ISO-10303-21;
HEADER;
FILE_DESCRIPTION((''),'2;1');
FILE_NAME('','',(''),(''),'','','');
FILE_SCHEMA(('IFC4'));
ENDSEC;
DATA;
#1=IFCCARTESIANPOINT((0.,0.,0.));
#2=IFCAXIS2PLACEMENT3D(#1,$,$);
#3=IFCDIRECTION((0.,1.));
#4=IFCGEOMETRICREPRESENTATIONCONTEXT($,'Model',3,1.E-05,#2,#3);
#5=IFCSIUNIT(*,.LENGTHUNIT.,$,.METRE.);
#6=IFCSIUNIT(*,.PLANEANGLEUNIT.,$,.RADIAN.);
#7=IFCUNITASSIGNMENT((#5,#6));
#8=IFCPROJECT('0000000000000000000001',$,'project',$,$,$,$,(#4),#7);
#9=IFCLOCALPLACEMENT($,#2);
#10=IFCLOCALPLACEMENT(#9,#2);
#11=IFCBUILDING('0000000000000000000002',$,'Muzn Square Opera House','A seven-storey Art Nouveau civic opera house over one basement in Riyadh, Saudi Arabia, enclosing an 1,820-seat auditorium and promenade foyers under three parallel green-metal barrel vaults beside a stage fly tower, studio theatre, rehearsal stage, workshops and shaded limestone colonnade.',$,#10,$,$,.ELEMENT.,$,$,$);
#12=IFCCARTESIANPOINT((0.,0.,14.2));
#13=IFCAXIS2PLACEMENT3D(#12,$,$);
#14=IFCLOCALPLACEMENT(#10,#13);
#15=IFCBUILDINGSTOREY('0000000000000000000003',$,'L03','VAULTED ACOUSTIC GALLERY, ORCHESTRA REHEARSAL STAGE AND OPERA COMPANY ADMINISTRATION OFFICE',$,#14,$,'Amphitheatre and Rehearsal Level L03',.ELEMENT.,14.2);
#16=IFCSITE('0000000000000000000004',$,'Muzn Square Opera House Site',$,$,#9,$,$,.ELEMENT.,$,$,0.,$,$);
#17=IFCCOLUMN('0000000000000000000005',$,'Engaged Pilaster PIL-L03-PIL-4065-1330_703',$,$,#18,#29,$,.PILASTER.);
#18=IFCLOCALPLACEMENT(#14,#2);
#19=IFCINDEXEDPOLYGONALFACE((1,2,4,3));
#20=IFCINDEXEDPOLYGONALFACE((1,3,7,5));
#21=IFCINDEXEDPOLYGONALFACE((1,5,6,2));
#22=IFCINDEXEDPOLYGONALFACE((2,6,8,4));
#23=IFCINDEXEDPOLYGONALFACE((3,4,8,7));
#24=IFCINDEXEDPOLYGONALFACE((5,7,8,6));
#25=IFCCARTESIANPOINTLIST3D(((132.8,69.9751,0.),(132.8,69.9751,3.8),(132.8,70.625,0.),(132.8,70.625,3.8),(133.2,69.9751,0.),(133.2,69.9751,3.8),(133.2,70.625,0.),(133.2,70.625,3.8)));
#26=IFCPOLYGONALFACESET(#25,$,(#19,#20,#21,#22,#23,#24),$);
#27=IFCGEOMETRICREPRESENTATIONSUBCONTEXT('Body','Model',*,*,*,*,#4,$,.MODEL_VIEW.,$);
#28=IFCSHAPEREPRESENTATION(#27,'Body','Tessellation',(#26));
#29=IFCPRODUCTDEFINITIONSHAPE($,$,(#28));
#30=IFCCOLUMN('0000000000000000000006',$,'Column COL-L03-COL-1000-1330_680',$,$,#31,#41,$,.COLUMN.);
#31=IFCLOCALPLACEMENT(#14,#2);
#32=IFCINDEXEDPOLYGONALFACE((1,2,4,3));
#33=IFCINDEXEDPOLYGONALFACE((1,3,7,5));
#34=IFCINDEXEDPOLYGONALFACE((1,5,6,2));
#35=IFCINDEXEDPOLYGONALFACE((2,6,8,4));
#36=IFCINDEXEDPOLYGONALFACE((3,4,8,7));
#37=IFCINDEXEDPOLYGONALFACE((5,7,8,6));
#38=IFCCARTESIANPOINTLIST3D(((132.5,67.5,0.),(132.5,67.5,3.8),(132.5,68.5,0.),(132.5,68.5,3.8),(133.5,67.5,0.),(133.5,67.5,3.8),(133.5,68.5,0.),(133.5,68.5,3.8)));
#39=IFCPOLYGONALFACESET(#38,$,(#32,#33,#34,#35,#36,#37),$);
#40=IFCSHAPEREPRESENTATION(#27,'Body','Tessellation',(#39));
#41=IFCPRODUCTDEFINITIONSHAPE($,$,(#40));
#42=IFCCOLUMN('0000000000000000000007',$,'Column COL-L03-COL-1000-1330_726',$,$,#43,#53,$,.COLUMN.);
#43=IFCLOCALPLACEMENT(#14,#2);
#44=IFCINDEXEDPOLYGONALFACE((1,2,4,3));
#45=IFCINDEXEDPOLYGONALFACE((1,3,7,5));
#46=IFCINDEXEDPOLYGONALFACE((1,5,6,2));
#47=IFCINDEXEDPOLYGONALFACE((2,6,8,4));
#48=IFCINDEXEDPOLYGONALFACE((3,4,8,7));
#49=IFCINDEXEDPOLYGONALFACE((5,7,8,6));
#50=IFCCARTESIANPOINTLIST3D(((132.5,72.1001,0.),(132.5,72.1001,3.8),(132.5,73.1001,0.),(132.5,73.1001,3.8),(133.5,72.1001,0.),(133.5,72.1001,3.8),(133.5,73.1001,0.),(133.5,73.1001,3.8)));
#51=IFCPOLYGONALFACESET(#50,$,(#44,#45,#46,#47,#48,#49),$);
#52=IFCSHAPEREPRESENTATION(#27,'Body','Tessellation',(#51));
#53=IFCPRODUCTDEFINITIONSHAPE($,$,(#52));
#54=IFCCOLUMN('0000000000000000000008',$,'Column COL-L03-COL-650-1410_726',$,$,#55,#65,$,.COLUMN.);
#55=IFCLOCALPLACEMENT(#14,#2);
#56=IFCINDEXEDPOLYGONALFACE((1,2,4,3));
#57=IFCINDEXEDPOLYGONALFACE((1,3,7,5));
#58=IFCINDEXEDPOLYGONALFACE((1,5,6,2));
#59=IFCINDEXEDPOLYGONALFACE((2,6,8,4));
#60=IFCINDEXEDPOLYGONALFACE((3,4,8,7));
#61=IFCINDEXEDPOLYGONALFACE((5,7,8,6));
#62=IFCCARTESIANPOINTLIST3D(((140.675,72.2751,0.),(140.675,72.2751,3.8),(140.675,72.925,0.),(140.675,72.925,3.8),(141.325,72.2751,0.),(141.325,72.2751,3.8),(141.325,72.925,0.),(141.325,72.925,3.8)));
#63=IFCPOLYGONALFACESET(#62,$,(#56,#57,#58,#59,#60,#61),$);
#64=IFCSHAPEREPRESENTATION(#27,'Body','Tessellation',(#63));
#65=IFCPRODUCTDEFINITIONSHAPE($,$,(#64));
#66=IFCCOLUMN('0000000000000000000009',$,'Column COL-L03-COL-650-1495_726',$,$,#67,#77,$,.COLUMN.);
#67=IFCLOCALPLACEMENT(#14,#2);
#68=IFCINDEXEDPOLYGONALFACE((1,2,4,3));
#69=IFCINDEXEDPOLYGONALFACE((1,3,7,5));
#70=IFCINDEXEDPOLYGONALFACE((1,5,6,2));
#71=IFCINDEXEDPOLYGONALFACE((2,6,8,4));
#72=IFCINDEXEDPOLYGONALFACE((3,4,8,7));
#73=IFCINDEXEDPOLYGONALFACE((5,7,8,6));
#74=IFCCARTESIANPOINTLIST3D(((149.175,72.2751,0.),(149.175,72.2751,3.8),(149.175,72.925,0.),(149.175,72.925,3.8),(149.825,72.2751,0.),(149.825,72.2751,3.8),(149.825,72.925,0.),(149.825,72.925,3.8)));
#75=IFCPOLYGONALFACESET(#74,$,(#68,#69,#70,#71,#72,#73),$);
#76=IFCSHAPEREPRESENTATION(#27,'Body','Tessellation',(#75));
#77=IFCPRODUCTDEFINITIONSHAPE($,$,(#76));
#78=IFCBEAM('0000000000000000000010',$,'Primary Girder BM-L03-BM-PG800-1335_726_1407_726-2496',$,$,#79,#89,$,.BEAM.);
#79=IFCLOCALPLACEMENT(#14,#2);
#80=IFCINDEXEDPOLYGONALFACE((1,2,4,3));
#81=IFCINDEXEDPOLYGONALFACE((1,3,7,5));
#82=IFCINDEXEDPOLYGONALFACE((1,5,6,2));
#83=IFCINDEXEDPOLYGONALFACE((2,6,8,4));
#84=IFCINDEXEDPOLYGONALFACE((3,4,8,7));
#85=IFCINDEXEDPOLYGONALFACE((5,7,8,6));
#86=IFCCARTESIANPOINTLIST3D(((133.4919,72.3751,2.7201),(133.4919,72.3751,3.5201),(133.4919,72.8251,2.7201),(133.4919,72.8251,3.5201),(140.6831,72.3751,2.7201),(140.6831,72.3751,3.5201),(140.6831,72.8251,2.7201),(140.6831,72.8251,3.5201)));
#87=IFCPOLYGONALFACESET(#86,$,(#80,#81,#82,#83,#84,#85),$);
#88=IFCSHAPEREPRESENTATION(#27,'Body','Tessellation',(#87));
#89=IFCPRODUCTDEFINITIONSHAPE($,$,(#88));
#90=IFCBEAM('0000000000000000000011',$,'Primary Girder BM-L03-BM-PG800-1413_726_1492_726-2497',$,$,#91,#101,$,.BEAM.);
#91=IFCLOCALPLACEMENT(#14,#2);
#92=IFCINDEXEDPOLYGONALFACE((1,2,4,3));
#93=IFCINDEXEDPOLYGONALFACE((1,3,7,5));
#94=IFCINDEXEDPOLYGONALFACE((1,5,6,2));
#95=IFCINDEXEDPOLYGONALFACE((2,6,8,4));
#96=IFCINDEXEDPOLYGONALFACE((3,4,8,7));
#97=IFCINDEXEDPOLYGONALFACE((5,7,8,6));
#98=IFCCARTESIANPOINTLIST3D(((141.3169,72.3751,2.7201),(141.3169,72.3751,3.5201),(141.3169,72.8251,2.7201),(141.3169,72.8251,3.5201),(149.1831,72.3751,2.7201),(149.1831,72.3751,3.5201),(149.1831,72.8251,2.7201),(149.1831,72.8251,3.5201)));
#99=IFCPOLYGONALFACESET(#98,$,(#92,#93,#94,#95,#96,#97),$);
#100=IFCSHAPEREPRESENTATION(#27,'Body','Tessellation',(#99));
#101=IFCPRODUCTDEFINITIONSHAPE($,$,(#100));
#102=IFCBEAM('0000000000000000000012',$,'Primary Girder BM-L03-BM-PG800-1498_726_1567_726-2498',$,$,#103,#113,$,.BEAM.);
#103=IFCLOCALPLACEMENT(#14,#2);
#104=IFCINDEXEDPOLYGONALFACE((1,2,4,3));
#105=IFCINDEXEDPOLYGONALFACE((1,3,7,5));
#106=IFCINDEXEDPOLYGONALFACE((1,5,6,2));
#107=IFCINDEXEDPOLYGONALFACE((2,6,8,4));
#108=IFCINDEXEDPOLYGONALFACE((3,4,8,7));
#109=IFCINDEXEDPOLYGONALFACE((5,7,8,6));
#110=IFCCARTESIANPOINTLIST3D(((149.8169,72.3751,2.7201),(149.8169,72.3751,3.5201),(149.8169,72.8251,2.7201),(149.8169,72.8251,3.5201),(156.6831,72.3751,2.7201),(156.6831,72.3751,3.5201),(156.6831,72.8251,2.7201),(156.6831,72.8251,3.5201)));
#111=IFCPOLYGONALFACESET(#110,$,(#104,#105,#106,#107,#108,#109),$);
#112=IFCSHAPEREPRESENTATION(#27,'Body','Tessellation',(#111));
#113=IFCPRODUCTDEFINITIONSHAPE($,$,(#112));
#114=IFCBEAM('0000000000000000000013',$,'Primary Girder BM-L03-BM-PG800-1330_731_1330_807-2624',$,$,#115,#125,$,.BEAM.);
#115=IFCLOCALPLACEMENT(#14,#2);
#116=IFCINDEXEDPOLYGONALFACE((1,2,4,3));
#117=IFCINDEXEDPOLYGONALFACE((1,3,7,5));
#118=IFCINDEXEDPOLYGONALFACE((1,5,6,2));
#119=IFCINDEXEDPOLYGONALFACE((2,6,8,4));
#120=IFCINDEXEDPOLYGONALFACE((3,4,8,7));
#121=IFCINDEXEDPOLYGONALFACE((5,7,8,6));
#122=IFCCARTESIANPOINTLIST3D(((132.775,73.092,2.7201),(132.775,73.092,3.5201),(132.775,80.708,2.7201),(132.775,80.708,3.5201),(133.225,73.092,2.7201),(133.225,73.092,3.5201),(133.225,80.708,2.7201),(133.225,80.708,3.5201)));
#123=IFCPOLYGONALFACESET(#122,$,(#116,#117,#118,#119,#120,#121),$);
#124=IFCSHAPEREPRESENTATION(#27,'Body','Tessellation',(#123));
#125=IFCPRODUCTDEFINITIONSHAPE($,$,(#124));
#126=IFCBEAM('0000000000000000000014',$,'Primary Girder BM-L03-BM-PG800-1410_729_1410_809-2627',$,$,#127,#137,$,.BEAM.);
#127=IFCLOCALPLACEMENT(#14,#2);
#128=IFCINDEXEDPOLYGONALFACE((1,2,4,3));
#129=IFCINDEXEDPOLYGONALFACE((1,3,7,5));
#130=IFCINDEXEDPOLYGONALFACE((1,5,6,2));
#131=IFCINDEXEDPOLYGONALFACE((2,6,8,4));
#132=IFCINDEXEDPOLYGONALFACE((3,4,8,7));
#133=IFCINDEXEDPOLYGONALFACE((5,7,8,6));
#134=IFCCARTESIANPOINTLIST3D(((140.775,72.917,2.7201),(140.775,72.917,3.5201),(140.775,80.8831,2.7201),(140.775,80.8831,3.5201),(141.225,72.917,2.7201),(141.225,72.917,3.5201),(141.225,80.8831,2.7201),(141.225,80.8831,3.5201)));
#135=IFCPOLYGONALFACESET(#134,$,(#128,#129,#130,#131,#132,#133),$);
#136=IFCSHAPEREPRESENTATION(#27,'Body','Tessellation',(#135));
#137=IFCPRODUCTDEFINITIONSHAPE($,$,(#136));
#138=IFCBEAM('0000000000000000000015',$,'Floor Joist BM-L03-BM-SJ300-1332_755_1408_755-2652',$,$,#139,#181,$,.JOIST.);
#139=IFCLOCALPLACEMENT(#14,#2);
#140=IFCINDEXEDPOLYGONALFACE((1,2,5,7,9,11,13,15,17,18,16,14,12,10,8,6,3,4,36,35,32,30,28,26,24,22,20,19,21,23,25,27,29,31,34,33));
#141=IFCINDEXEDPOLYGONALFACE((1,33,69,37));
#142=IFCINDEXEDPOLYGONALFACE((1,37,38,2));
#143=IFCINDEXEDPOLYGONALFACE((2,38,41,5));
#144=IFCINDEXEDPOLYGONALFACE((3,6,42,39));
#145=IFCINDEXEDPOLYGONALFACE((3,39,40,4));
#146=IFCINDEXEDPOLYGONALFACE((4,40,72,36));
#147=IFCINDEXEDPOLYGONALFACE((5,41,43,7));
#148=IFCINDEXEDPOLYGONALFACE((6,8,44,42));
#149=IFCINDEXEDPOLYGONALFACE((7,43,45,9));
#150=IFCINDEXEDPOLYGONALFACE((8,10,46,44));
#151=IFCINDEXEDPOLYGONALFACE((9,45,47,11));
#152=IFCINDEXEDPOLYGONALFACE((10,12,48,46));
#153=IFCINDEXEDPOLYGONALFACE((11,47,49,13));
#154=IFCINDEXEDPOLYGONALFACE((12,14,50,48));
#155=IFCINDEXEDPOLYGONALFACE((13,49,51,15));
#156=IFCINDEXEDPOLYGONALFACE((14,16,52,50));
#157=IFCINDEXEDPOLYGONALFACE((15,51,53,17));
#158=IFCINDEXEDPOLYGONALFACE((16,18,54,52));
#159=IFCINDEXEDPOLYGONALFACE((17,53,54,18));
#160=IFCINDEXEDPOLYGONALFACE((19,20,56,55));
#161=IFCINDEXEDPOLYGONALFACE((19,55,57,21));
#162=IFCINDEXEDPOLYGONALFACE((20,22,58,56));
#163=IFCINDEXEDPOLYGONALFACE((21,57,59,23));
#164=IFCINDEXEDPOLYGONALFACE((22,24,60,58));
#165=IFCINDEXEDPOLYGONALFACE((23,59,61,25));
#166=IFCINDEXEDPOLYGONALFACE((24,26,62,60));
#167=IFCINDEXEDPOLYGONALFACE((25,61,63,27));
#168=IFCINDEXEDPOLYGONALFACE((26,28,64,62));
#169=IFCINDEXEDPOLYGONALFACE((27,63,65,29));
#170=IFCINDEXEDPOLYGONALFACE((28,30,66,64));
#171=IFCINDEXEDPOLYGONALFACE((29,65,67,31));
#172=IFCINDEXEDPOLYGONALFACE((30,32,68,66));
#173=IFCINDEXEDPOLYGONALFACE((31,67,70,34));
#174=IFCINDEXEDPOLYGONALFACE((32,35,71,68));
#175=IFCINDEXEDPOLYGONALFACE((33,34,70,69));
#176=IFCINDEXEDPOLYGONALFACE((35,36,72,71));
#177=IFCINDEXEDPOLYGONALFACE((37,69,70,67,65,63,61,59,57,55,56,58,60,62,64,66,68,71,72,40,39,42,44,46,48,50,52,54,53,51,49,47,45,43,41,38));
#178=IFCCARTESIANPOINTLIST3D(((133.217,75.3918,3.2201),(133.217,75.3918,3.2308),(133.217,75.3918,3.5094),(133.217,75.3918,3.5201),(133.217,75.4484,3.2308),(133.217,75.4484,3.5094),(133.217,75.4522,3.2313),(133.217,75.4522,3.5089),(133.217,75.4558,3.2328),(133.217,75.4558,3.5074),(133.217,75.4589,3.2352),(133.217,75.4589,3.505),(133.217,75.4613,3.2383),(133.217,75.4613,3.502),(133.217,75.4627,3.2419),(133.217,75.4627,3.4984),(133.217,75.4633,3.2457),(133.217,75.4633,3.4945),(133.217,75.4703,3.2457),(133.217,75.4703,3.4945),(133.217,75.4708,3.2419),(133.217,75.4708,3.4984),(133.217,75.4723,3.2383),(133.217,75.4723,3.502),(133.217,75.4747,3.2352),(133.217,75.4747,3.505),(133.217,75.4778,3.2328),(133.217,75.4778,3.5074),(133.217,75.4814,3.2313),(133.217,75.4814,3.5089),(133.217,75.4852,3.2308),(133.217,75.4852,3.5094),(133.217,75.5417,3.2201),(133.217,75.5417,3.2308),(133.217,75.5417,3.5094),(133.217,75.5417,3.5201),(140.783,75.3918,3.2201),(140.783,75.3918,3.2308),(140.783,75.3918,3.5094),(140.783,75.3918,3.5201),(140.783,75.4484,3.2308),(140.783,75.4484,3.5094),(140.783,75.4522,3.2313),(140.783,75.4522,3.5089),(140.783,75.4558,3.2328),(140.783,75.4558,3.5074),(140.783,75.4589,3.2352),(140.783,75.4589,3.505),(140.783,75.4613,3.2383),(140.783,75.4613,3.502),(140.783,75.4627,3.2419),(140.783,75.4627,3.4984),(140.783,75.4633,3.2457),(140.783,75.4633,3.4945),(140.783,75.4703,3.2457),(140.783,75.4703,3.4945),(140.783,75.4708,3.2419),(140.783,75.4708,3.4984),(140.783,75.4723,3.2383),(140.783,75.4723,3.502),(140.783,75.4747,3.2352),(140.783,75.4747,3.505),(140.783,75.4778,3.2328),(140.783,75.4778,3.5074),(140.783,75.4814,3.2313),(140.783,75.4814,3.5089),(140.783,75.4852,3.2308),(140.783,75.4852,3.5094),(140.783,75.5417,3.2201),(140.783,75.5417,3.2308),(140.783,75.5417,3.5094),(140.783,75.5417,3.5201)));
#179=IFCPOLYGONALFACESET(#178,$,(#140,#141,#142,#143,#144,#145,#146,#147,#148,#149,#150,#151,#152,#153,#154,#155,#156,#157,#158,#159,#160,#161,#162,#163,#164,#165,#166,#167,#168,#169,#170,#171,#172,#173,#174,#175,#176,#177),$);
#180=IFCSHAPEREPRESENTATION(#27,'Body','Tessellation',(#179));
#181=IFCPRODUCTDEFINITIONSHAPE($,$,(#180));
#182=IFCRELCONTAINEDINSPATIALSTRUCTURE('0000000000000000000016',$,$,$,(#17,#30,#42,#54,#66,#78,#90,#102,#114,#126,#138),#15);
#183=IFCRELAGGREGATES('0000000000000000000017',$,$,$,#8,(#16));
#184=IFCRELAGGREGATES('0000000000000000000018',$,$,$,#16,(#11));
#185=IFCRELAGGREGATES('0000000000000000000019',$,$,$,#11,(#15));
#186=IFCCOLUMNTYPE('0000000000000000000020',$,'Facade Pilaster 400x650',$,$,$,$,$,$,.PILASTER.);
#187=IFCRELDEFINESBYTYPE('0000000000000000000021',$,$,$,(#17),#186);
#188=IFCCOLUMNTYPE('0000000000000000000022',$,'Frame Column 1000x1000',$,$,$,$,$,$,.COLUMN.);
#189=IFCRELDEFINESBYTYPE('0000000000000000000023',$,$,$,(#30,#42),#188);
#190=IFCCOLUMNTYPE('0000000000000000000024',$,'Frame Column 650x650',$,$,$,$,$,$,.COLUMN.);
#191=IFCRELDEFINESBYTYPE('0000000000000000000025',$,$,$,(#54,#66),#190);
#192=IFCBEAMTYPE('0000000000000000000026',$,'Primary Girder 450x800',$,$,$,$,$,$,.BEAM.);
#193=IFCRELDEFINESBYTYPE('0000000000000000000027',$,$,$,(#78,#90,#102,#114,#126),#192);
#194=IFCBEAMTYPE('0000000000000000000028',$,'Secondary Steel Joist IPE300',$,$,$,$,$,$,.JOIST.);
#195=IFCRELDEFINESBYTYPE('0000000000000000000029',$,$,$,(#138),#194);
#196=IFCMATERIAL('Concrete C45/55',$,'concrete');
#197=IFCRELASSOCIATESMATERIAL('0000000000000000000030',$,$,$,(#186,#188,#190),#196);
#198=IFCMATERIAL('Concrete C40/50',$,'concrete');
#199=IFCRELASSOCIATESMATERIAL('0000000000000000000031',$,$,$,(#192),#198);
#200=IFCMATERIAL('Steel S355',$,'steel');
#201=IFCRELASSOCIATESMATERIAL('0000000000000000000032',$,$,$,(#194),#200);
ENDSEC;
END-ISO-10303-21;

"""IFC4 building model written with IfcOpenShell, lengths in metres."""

from ifc_helpers import new_model, si_unit, direction, frame, origin, origin_2d, place, context, subcontext, project, spatial, rectangle, i_section, extrude, material, material_profile, profile_set, type_object, element, save


model = new_model("IFC4")

# Units and contexts
model_context = context("Model", 3, precision=1e-05, world=origin(), true_north=direction((0.0, 1.0)))
body_context = subcontext(model_context, "Body", "Model", "MODEL_VIEW")
ifc_project = project(units=[si_unit("LENGTHUNIT", "METRE"), si_unit("PLANEANGLEUNIT", "RADIAN")], contexts=[model_context])

# Site, building, storey
site_placement = place(None, origin())
site = spatial("IfcSite", under=ifc_project, at=site_placement, Name="Muzn Square Opera House Site", CompositionType="ELEMENT", RefElevation=0.0)
building_placement = place(site_placement, origin())
building = spatial("IfcBuilding", under=site, at=building_placement, Name="Muzn Square Opera House", Description="A seven-storey Art Nouveau civic opera house over one basement in Riyadh, Saudi Arabia, enclosing an 1,820-seat auditorium and promenade foyers under three parallel green-metal barrel vaults beside a stage fly tower, studio theatre, rehearsal stage, workshops and shaded limestone colonnade.", CompositionType="ELEMENT")
storey_placement = place(building_placement, frame((0.0, 0.0, 14.2)))
storey = spatial("IfcBuildingStorey", under=building, at=storey_placement, Name="L03", Description="VAULTED ACOUSTIC GALLERY, ORCHESTRA REHEARSAL STAGE AND OPERA COMPANY ADMINISTRATION OFFICE", LongName="Amphitheatre and Rehearsal Level L03", CompositionType="ELEMENT", Elevation=14.2)

# Columns
ifc_material_1 = material(Name="Concrete C45/55", Category="concrete")
ifc_material_profile_1 = material_profile(ifc_material_1, rectangle(XDim=0.3999, YDim=0.6499, at=origin_2d()), Name="RC 400x650", Category="concrete")
ifc_profile_set_1 = profile_set([ifc_material_profile_1], Name="Concrete C45/55")
column_type_1 = type_object("IfcColumnType", Name="Facade Pilaster 400x650", PredefinedType="PILASTER", material=ifc_profile_set_1)
column_placement = place(storey_placement, frame((133.0, 70.3, 0.0), z_axis=(0.0, 0.0, 1.0), x_axis=(1.0, 0.0, 0.0)))
element("IfcColumn", 1, at=column_placement, inside=storey, type_object=column_type_1, Name="Engaged Pilaster PIL-L03-PIL-4065-1330_703", PredefinedType="PILASTER", context=body_context, shape_type="SweptSolid", body=[
    extrude(rectangle(XDim=0.3999, YDim=0.6499, at=origin_2d()), origin(), (0.0, 0.0, 1.0), 3.8),
])
ifc_material_profile_2 = material_profile(ifc_material_1, rectangle(XDim=1.0, YDim=1.0, at=origin_2d()), Name="RC 1000x1000", Category="concrete")
ifc_profile_set_2 = profile_set([ifc_material_profile_2], Name="Concrete C45/55")
column_type_2 = type_object("IfcColumnType", Name="Frame Column 1000x1000", PredefinedType="COLUMN", material=ifc_profile_set_2)
for number, where, z_axis, x_axis, name in (
    (2, (133.0, 68.0, 0.0), (0.0, 0.0, 1.0), (1.0, 0.0, 0.0), "Column COL-L03-COL-1000-1330_680"),
    (3, (133.0, 72.6001, 0.0), (0.0, 0.0, 1.0), (1.0, 0.0, 0.0), "Column COL-L03-COL-1000-1330_726"),
):
    element("IfcColumn", number, at=place(storey_placement, frame(where, z_axis=z_axis, x_axis=x_axis)), inside=storey, type_object=column_type_2, Name=name, PredefinedType="COLUMN", context=body_context, shape_type="SweptSolid", body=[
        extrude(rectangle(XDim=1.0, YDim=1.0, at=origin_2d()), origin(), (0.0, 0.0, 1.0), 3.8),
    ])
ifc_material_profile_3 = material_profile(ifc_material_1, rectangle(XDim=0.6499, YDim=0.6499, at=origin_2d()), Name="RC 650x650", Category="concrete")
ifc_profile_set_3 = profile_set([ifc_material_profile_3], Name="Concrete C45/55")
column_type_3 = type_object("IfcColumnType", Name="Frame Column 650x650", PredefinedType="COLUMN", material=ifc_profile_set_3)
for number, where, z_axis, x_axis, name in (
    (4, (141.0, 72.6001, 0.0), (0.0, 0.0, 1.0), (1.0, 0.0, 0.0), "Column COL-L03-COL-650-1410_726"),
    (5, (149.5, 72.6001, 0.0), (0.0, 0.0, 1.0), (1.0, 0.0, 0.0), "Column COL-L03-COL-650-1495_726"),
):
    element("IfcColumn", number, at=place(storey_placement, frame(where, z_axis=z_axis, x_axis=x_axis)), inside=storey, type_object=column_type_3, Name=name, PredefinedType="COLUMN", context=body_context, shape_type="SweptSolid", body=[
        extrude(rectangle(XDim=0.6499, YDim=0.6499, at=origin_2d()), origin(), (0.0, 0.0, 1.0), 3.8),
    ])

# Beams
ifc_material_2 = material(Name="Concrete C40/50", Category="concrete")
ifc_material_profile_4 = material_profile(ifc_material_2, rectangle(XDim=0.45, YDim=0.8, at=origin_2d()), Name="RCB 450x800", Category="concrete")
ifc_profile_set_4 = profile_set([ifc_material_profile_4], Name="Concrete C40/50")
beam_type_1 = type_object("IfcBeamType", Name="Primary Girder 450x800", PredefinedType="BEAM", material=ifc_profile_set_4)
beam_1_placement = place(storey_placement, frame((133.4919, 72.6001, 3.1201), z_axis=(1.0, 0.0, 0.0), x_axis=(0.0, 1.0, 0.0)))
element("IfcBeam", 6, at=beam_1_placement, inside=storey, type_object=beam_type_1, Name="Primary Girder BM-L03-BM-PG800-1335_726_1407_726-2496", PredefinedType="BEAM", context=body_context, shape_type="SweptSolid", body=[
    extrude(rectangle(XDim=0.45, YDim=0.8, at=origin_2d()), origin(), (0.0, 0.0, 1.0), 7.1912),
])
beam_2_placement = place(storey_placement, frame((141.3169, 72.6001, 3.1201), z_axis=(1.0, 0.0, 0.0), x_axis=(0.0, 1.0, 0.0)))
element("IfcBeam", 7, at=beam_2_placement, inside=storey, type_object=beam_type_1, Name="Primary Girder BM-L03-BM-PG800-1413_726_1492_726-2497", PredefinedType="BEAM", context=body_context, shape_type="SweptSolid", body=[
    extrude(rectangle(XDim=0.45, YDim=0.8, at=origin_2d()), origin(), (0.0, 0.0, 1.0), 7.8662),
])
beam_3_placement = place(storey_placement, frame((149.8169, 72.6001, 3.1201), z_axis=(1.0, 0.0, 0.0), x_axis=(0.0, 1.0, 0.0)))
element("IfcBeam", 8, at=beam_3_placement, inside=storey, type_object=beam_type_1, Name="Primary Girder BM-L03-BM-PG800-1498_726_1567_726-2498", PredefinedType="BEAM", context=body_context, shape_type="SweptSolid", body=[
    extrude(rectangle(XDim=0.45, YDim=0.8, at=origin_2d()), origin(), (0.0, 0.0, 1.0), 6.8662),
])
beam_4_placement = place(storey_placement, frame((133.0, 73.092, 3.1201), z_axis=(0.0, 1.0, 0.0), x_axis=(-1.0, 0.0, 0.0)))
element("IfcBeam", 9, at=beam_4_placement, inside=storey, type_object=beam_type_1, Name="Primary Girder BM-L03-BM-PG800-1330_731_1330_807-2624", PredefinedType="BEAM", context=body_context, shape_type="SweptSolid", body=[
    extrude(rectangle(XDim=0.45, YDim=0.8, at=origin_2d()), origin(), (0.0, 0.0, 1.0), 7.616),
])
beam_5_placement = place(storey_placement, frame((141.0, 72.917, 3.1201), z_axis=(0.0, 1.0, 0.0), x_axis=(-1.0, 0.0, 0.0)))
element("IfcBeam", 10, at=beam_5_placement, inside=storey, type_object=beam_type_1, Name="Primary Girder BM-L03-BM-PG800-1410_729_1410_809-2627", PredefinedType="BEAM", context=body_context, shape_type="SweptSolid", body=[
    extrude(rectangle(XDim=0.45, YDim=0.8, at=origin_2d()), origin(), (0.0, 0.0, 1.0), 7.9661),
])
ifc_material_3 = material(Name="Steel S355", Category="steel")
ifc_material_profile_5 = material_profile(ifc_material_3, i_section(OverallWidth=0.1499, OverallDepth=0.3, WebThickness=0.0071, FlangeThickness=0.0107, FilletRadius=0.0149, at=origin_2d()), Name="IPE 300", Category="steel")
ifc_profile_set_5 = profile_set([ifc_material_profile_5], Name="Steel S355")
beam_type_2 = type_object("IfcBeamType", Name="Secondary Steel Joist IPE300", PredefinedType="JOIST", material=ifc_profile_set_5)
beam_6_placement = place(storey_placement, frame((133.217, 75.4668, 3.3701), z_axis=(1.0, 0.0, 0.0), x_axis=(0.0, 1.0, 0.0)))
element("IfcBeam", 11, at=beam_6_placement, inside=storey, type_object=beam_type_2, Name="Floor Joist BM-L03-BM-SJ300-1332_755_1408_755-2652", PredefinedType="JOIST", context=body_context, shape_type="SweptSolid", body=[
    extrude(i_section(OverallWidth=0.1499, OverallDepth=0.3, WebThickness=0.0071, FlangeThickness=0.0107, FilletRadius=0.0149, at=origin_2d()), origin(), (0.0, 0.0, 1.0), 7.5659),
])

save(model, "model.ifc")
